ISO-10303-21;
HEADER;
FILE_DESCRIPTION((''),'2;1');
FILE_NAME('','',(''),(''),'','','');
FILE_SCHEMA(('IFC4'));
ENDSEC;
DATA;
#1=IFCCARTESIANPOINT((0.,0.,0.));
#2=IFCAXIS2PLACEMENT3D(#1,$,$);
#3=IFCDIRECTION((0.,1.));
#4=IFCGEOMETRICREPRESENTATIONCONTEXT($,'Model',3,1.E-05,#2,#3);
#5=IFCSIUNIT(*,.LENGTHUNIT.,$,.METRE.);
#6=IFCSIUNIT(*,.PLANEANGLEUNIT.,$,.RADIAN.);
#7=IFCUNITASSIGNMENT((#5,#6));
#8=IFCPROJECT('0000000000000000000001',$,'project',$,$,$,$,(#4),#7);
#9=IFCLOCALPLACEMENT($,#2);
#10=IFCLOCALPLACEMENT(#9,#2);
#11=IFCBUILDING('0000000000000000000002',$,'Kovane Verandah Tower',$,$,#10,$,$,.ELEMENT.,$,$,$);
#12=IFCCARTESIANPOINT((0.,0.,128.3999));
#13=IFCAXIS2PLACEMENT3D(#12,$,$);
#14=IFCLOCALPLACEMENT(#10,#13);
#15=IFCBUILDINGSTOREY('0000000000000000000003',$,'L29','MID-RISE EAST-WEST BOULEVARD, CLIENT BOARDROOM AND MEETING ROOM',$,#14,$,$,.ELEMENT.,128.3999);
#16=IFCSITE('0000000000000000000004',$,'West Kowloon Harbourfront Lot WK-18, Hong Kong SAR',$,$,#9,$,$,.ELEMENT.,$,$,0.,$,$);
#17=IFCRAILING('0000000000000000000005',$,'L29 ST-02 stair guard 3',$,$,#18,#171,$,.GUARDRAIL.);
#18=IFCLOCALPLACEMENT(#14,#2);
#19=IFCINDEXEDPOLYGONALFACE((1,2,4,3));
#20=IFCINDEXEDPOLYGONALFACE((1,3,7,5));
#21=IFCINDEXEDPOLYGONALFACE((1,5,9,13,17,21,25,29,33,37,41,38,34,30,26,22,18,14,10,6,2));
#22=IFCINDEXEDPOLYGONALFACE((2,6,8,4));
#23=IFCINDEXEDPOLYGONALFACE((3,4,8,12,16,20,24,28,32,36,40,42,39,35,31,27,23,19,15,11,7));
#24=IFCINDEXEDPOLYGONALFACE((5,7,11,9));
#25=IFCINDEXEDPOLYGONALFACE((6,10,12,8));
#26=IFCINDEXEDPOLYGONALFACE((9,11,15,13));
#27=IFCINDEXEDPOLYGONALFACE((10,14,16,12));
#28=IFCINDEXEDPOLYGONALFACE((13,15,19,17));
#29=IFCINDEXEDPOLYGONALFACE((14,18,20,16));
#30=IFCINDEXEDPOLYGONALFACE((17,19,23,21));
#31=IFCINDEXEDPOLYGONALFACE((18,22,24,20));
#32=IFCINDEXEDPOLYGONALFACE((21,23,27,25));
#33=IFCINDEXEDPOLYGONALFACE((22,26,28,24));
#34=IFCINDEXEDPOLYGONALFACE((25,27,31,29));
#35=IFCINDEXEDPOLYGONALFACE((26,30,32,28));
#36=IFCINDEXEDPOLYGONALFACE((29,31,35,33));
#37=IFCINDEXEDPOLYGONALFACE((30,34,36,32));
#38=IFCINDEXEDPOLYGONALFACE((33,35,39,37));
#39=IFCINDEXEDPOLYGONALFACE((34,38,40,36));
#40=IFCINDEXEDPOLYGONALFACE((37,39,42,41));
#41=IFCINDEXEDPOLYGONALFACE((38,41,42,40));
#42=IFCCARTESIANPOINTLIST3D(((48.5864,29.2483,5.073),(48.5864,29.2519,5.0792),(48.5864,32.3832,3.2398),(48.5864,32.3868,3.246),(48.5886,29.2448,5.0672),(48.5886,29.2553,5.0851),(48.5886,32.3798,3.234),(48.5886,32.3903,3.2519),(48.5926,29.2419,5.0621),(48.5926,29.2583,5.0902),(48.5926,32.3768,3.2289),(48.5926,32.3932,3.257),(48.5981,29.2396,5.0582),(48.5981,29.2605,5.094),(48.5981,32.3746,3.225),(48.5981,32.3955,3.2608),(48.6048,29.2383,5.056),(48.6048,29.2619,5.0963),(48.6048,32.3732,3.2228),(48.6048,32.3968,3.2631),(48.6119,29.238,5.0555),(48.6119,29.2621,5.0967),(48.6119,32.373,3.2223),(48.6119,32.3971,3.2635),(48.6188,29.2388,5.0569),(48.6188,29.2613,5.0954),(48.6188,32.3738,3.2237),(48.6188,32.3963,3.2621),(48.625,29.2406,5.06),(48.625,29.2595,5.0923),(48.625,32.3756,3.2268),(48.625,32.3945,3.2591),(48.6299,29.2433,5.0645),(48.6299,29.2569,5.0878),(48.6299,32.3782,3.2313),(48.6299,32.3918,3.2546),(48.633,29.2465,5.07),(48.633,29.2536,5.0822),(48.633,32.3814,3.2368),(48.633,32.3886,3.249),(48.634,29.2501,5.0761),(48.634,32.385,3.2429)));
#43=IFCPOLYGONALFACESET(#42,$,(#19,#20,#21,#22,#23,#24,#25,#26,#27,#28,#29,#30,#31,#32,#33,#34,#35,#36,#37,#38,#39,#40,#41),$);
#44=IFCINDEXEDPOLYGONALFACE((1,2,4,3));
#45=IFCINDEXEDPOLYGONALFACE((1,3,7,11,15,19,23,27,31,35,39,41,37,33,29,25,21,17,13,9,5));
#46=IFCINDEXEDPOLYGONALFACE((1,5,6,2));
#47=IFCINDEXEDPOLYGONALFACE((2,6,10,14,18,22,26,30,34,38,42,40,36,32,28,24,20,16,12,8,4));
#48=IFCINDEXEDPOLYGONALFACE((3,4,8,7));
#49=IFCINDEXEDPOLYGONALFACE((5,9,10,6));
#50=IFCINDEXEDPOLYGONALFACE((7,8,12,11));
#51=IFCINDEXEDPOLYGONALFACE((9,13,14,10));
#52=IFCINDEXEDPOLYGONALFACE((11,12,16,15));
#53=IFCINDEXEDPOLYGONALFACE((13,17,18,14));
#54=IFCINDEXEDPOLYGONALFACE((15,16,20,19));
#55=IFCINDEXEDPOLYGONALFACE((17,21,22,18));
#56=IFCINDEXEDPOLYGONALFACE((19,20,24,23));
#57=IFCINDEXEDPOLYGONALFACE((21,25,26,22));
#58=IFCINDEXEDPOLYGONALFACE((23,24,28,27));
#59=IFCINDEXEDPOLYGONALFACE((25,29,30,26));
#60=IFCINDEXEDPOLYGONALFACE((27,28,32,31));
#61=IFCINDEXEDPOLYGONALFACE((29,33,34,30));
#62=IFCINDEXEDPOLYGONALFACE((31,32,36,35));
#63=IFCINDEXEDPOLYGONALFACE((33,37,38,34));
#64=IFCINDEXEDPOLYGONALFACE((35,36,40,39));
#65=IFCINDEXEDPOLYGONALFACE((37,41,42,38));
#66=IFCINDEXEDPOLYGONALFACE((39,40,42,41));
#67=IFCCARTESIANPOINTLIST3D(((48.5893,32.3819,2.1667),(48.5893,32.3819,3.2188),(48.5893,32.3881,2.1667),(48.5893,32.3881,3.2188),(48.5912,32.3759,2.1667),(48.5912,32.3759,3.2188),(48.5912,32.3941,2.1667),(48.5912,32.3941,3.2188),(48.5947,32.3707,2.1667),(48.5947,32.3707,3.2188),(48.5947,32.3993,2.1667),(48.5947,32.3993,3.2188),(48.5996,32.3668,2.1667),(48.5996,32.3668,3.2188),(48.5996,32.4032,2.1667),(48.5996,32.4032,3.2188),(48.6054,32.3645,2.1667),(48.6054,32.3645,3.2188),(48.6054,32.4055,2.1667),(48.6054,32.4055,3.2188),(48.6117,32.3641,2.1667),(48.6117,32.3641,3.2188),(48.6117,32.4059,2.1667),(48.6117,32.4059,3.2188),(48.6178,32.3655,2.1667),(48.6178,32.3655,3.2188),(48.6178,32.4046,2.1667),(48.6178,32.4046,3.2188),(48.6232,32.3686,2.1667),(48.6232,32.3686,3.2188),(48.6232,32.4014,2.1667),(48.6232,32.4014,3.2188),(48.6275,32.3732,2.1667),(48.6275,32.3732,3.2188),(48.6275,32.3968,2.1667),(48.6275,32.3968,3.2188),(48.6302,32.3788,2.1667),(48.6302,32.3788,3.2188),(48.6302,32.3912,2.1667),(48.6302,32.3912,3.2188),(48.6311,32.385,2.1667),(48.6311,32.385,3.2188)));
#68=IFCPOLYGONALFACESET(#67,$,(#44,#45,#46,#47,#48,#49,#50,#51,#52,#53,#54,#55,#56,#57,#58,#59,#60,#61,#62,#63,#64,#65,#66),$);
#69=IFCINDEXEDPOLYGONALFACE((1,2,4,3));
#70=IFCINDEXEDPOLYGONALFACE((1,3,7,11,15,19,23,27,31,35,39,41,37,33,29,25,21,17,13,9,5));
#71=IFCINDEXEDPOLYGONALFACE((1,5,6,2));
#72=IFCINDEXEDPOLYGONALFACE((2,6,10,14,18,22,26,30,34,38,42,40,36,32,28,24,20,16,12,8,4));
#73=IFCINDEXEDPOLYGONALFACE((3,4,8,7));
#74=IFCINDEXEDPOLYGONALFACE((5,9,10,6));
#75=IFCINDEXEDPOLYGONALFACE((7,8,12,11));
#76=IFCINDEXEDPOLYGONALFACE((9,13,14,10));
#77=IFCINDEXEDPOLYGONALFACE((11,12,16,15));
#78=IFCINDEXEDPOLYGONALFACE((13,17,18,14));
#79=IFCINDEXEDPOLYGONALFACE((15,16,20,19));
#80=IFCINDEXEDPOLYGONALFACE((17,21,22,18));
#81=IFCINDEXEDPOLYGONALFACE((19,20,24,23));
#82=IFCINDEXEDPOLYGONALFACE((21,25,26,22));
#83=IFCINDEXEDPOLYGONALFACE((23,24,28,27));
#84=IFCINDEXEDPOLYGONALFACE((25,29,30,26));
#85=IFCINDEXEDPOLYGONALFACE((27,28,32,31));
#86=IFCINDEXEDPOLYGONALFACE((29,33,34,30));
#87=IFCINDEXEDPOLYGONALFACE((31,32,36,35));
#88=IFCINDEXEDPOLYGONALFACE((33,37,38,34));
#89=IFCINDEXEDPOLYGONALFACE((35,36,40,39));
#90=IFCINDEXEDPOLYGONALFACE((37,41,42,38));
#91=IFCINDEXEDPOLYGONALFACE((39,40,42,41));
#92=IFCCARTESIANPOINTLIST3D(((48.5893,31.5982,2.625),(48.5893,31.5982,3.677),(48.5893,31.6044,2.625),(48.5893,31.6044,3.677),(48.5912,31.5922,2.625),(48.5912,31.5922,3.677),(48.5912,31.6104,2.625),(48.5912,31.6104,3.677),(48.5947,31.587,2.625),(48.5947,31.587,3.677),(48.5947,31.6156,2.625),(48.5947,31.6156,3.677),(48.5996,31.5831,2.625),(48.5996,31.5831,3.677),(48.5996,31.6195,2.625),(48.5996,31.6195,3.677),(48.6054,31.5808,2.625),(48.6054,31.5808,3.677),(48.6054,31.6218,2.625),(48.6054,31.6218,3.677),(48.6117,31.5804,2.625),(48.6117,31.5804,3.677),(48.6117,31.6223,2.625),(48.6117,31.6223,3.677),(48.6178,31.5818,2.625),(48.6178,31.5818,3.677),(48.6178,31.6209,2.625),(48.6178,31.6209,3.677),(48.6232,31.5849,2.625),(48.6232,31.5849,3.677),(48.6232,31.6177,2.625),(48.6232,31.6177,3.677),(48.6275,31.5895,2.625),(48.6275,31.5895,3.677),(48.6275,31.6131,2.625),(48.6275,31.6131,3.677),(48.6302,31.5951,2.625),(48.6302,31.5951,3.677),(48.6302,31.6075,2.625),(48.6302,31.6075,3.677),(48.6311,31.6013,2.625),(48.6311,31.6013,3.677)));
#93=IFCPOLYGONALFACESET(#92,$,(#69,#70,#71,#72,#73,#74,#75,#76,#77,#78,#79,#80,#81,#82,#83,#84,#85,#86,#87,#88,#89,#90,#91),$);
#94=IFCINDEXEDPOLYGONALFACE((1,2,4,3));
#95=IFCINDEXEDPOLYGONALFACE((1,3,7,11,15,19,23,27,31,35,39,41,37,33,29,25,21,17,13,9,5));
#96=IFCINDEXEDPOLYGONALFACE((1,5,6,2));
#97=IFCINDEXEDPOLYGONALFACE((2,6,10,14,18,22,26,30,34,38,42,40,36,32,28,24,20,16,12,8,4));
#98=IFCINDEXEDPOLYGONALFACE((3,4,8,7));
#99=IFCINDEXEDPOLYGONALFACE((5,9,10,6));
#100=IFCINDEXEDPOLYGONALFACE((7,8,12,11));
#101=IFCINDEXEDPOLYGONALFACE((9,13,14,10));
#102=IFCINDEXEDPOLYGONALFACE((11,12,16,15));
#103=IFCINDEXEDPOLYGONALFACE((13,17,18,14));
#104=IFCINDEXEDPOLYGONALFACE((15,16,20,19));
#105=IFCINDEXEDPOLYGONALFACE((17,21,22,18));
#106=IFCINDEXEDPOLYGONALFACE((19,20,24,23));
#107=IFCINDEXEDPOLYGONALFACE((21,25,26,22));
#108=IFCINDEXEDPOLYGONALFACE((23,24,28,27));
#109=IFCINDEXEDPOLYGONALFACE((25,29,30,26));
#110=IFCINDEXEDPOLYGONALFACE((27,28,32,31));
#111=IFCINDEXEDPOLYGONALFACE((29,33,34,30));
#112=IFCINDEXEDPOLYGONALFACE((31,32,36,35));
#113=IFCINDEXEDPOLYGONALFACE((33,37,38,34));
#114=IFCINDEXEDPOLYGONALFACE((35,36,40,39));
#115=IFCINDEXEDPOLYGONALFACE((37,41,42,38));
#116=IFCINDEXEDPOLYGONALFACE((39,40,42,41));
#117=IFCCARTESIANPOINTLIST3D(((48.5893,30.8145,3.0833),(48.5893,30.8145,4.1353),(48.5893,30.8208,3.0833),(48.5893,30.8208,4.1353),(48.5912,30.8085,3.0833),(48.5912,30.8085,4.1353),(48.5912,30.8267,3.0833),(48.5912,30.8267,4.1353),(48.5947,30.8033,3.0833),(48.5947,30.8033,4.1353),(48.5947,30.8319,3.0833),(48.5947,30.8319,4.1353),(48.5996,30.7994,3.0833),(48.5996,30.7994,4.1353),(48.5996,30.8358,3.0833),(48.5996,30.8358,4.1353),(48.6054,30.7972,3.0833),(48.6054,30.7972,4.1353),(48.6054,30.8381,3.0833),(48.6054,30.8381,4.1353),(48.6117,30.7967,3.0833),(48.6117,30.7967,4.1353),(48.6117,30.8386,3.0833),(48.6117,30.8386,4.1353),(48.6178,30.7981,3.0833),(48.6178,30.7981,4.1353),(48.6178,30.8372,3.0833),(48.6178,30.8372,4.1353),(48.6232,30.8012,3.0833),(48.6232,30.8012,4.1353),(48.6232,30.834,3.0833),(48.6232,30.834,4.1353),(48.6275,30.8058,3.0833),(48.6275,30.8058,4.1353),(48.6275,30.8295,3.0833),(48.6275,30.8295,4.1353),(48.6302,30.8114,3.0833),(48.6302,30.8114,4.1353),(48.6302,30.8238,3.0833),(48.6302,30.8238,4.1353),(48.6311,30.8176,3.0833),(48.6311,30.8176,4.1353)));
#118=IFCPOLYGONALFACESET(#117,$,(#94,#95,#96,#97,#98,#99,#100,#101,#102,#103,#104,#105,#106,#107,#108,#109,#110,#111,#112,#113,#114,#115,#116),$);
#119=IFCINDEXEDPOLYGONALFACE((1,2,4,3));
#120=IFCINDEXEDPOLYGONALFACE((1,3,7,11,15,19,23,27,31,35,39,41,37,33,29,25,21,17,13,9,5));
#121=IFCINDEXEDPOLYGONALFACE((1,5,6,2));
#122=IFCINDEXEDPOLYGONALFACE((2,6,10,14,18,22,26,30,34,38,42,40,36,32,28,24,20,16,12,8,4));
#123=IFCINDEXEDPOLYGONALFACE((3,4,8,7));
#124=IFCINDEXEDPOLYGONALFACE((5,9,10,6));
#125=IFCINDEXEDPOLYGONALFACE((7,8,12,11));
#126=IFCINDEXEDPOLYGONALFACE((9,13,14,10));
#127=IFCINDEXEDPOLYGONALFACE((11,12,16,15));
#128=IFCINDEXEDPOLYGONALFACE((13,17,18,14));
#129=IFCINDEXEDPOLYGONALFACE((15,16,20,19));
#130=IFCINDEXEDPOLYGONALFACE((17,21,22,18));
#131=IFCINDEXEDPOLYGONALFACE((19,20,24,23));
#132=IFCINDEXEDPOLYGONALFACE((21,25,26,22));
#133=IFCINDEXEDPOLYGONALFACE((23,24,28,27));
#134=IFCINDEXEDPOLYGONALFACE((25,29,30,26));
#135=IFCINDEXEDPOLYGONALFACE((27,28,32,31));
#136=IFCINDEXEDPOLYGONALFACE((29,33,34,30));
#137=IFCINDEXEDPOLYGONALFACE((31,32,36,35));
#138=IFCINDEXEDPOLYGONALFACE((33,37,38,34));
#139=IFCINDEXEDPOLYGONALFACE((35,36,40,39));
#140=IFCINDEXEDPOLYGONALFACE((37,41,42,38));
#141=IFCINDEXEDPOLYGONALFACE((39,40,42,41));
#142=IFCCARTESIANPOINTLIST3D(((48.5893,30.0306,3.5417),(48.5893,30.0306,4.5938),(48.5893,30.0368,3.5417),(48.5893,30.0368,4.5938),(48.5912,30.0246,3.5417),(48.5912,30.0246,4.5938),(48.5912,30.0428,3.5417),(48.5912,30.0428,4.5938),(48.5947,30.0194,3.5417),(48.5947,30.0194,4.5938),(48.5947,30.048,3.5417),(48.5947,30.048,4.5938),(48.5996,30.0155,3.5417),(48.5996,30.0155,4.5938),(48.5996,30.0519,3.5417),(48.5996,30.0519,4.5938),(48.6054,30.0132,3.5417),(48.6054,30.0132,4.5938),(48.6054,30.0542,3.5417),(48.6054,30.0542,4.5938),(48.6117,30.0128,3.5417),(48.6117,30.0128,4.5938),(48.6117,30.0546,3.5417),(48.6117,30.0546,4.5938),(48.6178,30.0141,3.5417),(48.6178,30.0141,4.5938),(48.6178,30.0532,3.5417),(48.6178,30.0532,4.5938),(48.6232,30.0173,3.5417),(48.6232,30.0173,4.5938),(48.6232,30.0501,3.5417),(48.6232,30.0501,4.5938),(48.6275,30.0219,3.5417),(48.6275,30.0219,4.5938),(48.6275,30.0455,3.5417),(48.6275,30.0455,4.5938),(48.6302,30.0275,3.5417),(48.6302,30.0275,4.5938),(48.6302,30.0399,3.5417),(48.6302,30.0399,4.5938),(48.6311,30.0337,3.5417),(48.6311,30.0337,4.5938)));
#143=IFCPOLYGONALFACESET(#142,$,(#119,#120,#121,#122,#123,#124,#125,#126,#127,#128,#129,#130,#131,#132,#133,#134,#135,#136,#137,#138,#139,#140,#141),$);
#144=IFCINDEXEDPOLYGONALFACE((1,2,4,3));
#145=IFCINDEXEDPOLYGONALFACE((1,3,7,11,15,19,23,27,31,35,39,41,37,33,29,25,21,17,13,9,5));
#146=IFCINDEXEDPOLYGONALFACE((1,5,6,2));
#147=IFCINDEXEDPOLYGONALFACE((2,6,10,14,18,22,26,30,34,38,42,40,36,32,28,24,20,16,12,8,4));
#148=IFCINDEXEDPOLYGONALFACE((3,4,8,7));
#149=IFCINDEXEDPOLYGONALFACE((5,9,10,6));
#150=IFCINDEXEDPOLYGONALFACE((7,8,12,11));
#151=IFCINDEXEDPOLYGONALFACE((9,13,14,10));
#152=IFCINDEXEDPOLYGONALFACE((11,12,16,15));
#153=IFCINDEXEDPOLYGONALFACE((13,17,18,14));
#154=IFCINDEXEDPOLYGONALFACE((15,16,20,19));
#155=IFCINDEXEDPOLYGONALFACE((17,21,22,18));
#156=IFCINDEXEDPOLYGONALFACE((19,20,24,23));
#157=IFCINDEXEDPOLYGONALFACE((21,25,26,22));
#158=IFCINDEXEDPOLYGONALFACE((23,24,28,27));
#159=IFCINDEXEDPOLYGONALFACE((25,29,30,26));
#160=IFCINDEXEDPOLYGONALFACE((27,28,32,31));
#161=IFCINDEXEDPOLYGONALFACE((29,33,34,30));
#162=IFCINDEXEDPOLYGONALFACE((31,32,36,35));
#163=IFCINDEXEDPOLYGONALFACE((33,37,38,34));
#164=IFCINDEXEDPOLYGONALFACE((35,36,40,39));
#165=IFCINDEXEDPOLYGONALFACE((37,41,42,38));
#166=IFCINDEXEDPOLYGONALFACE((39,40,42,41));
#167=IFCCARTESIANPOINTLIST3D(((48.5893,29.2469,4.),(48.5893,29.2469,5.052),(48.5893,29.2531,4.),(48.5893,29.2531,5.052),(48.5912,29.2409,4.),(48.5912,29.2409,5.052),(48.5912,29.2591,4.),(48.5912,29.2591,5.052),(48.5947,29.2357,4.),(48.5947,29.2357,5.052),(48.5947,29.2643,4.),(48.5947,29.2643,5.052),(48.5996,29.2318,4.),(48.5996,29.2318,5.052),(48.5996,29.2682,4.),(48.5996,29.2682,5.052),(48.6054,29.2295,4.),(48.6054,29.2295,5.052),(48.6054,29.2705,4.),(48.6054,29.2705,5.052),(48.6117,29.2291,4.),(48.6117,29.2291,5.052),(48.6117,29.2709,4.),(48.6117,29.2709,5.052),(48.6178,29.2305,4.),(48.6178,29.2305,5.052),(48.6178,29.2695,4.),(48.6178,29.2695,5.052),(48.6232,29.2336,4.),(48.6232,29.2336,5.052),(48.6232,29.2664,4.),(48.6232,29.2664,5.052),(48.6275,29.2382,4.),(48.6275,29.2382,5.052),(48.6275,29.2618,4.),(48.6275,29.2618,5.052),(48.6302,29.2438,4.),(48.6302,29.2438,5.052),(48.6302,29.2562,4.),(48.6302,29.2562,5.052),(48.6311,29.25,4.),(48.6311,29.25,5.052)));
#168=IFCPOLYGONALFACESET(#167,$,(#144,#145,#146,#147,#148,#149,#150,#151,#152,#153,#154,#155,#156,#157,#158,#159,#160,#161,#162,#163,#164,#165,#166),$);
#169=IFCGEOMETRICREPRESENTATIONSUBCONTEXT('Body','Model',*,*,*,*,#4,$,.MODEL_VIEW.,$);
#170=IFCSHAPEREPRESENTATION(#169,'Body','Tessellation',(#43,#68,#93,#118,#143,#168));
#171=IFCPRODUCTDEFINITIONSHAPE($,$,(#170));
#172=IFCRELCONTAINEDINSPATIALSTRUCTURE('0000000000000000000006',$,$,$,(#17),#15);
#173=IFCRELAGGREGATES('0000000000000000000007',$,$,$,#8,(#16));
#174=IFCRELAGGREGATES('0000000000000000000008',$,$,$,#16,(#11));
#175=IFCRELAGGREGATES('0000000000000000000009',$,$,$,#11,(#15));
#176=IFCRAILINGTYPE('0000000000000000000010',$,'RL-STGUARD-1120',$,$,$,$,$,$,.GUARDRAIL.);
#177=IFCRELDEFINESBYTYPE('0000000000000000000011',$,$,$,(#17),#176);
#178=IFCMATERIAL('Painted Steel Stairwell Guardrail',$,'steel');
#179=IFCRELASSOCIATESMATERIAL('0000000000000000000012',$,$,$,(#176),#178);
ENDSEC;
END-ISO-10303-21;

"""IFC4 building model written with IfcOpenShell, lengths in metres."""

from ifc_helpers import new_model, si_unit, direction, frame, origin, origin_2d, place, context, subcontext, project, spatial, circle, extrude, material, type_object, element, save


model = new_model("IFC4")

# Units and contexts
model_context = context("Model", 3, precision=1e-05, world=origin(), true_north=direction((0.0, 1.0)))
body_context = subcontext(model_context, "Body", "Model", "MODEL_VIEW")
ifc_project = project(units=[si_unit("LENGTHUNIT", "METRE"), si_unit("PLANEANGLEUNIT", "RADIAN")], contexts=[model_context])

# Site, building, storey
site_placement = place(None, origin())
site = spatial("IfcSite", under=ifc_project, at=site_placement, Name="West Kowloon Harbourfront Lot WK-18, Hong Kong SAR", CompositionType="ELEMENT", RefElevation=0.0)
building_placement = place(site_placement, origin())
building = spatial("IfcBuilding", under=site, at=building_placement, Name="Kovane Verandah Tower", CompositionType="ELEMENT")
storey_placement = place(building_placement, frame((0.0, 0.0, 128.3999)))
storey = spatial("IfcBuildingStorey", under=building, at=storey_placement, Name="L29", Description="MID-RISE EAST-WEST BOULEVARD, CLIENT BOARDROOM AND MEETING ROOM", CompositionType="ELEMENT", Elevation=128.3999)

# Railing
ifc_material_1 = material(Name="Painted Steel Stairwell Guardrail", Category="steel")
railing_type_1 = type_object("IfcRailingType", Name="RL-STGUARD-1120", PredefinedType="GUARDRAIL", material=ifc_material_1)
railing_1_placement = place(storey_placement, frame((48.6101, 32.385, 2.1667)))
element("IfcRailing", 1, at=railing_1_placement, inside=storey, type_object=railing_type_1, Name="L29 ST-02 stair guard 3", PredefinedType="GUARDRAIL", context=body_context, shape_type="SweptSolid", body=[
    extrude(circle(Radius=0.0239, at=origin_2d()), frame((0.0, 0.0, 1.0762), z_axis=(0.0, -0.86324, 0.504794), x_axis=(1.0, 0.0, 0.0)), (0.0, 0.0, 1.0), 3.6316),
    extrude(circle(Radius=0.021, at=origin_2d()), origin(), (0.0, 0.0, 1.0), 1.052),
    extrude(circle(Radius=0.021, at=origin_2d()), frame((0.0, -0.7837, 0.4583)), (0.0, 0.0, 1.0), 1.052),
    extrude(circle(Radius=0.021, at=origin_2d()), frame((0.0, -1.5674, 0.9165)), (0.0, 0.0, 1.0), 1.052),
    extrude(circle(Radius=0.021, at=origin_2d()), frame((0.0, -2.3513, 1.375)), (0.0, 0.0, 1.0), 1.052),
    extrude(circle(Radius=0.021, at=origin_2d()), frame((0.0, -3.135, 1.8333)), (0.0, 0.0, 1.0), 1.052),
])

save(model, "model.ifc")
